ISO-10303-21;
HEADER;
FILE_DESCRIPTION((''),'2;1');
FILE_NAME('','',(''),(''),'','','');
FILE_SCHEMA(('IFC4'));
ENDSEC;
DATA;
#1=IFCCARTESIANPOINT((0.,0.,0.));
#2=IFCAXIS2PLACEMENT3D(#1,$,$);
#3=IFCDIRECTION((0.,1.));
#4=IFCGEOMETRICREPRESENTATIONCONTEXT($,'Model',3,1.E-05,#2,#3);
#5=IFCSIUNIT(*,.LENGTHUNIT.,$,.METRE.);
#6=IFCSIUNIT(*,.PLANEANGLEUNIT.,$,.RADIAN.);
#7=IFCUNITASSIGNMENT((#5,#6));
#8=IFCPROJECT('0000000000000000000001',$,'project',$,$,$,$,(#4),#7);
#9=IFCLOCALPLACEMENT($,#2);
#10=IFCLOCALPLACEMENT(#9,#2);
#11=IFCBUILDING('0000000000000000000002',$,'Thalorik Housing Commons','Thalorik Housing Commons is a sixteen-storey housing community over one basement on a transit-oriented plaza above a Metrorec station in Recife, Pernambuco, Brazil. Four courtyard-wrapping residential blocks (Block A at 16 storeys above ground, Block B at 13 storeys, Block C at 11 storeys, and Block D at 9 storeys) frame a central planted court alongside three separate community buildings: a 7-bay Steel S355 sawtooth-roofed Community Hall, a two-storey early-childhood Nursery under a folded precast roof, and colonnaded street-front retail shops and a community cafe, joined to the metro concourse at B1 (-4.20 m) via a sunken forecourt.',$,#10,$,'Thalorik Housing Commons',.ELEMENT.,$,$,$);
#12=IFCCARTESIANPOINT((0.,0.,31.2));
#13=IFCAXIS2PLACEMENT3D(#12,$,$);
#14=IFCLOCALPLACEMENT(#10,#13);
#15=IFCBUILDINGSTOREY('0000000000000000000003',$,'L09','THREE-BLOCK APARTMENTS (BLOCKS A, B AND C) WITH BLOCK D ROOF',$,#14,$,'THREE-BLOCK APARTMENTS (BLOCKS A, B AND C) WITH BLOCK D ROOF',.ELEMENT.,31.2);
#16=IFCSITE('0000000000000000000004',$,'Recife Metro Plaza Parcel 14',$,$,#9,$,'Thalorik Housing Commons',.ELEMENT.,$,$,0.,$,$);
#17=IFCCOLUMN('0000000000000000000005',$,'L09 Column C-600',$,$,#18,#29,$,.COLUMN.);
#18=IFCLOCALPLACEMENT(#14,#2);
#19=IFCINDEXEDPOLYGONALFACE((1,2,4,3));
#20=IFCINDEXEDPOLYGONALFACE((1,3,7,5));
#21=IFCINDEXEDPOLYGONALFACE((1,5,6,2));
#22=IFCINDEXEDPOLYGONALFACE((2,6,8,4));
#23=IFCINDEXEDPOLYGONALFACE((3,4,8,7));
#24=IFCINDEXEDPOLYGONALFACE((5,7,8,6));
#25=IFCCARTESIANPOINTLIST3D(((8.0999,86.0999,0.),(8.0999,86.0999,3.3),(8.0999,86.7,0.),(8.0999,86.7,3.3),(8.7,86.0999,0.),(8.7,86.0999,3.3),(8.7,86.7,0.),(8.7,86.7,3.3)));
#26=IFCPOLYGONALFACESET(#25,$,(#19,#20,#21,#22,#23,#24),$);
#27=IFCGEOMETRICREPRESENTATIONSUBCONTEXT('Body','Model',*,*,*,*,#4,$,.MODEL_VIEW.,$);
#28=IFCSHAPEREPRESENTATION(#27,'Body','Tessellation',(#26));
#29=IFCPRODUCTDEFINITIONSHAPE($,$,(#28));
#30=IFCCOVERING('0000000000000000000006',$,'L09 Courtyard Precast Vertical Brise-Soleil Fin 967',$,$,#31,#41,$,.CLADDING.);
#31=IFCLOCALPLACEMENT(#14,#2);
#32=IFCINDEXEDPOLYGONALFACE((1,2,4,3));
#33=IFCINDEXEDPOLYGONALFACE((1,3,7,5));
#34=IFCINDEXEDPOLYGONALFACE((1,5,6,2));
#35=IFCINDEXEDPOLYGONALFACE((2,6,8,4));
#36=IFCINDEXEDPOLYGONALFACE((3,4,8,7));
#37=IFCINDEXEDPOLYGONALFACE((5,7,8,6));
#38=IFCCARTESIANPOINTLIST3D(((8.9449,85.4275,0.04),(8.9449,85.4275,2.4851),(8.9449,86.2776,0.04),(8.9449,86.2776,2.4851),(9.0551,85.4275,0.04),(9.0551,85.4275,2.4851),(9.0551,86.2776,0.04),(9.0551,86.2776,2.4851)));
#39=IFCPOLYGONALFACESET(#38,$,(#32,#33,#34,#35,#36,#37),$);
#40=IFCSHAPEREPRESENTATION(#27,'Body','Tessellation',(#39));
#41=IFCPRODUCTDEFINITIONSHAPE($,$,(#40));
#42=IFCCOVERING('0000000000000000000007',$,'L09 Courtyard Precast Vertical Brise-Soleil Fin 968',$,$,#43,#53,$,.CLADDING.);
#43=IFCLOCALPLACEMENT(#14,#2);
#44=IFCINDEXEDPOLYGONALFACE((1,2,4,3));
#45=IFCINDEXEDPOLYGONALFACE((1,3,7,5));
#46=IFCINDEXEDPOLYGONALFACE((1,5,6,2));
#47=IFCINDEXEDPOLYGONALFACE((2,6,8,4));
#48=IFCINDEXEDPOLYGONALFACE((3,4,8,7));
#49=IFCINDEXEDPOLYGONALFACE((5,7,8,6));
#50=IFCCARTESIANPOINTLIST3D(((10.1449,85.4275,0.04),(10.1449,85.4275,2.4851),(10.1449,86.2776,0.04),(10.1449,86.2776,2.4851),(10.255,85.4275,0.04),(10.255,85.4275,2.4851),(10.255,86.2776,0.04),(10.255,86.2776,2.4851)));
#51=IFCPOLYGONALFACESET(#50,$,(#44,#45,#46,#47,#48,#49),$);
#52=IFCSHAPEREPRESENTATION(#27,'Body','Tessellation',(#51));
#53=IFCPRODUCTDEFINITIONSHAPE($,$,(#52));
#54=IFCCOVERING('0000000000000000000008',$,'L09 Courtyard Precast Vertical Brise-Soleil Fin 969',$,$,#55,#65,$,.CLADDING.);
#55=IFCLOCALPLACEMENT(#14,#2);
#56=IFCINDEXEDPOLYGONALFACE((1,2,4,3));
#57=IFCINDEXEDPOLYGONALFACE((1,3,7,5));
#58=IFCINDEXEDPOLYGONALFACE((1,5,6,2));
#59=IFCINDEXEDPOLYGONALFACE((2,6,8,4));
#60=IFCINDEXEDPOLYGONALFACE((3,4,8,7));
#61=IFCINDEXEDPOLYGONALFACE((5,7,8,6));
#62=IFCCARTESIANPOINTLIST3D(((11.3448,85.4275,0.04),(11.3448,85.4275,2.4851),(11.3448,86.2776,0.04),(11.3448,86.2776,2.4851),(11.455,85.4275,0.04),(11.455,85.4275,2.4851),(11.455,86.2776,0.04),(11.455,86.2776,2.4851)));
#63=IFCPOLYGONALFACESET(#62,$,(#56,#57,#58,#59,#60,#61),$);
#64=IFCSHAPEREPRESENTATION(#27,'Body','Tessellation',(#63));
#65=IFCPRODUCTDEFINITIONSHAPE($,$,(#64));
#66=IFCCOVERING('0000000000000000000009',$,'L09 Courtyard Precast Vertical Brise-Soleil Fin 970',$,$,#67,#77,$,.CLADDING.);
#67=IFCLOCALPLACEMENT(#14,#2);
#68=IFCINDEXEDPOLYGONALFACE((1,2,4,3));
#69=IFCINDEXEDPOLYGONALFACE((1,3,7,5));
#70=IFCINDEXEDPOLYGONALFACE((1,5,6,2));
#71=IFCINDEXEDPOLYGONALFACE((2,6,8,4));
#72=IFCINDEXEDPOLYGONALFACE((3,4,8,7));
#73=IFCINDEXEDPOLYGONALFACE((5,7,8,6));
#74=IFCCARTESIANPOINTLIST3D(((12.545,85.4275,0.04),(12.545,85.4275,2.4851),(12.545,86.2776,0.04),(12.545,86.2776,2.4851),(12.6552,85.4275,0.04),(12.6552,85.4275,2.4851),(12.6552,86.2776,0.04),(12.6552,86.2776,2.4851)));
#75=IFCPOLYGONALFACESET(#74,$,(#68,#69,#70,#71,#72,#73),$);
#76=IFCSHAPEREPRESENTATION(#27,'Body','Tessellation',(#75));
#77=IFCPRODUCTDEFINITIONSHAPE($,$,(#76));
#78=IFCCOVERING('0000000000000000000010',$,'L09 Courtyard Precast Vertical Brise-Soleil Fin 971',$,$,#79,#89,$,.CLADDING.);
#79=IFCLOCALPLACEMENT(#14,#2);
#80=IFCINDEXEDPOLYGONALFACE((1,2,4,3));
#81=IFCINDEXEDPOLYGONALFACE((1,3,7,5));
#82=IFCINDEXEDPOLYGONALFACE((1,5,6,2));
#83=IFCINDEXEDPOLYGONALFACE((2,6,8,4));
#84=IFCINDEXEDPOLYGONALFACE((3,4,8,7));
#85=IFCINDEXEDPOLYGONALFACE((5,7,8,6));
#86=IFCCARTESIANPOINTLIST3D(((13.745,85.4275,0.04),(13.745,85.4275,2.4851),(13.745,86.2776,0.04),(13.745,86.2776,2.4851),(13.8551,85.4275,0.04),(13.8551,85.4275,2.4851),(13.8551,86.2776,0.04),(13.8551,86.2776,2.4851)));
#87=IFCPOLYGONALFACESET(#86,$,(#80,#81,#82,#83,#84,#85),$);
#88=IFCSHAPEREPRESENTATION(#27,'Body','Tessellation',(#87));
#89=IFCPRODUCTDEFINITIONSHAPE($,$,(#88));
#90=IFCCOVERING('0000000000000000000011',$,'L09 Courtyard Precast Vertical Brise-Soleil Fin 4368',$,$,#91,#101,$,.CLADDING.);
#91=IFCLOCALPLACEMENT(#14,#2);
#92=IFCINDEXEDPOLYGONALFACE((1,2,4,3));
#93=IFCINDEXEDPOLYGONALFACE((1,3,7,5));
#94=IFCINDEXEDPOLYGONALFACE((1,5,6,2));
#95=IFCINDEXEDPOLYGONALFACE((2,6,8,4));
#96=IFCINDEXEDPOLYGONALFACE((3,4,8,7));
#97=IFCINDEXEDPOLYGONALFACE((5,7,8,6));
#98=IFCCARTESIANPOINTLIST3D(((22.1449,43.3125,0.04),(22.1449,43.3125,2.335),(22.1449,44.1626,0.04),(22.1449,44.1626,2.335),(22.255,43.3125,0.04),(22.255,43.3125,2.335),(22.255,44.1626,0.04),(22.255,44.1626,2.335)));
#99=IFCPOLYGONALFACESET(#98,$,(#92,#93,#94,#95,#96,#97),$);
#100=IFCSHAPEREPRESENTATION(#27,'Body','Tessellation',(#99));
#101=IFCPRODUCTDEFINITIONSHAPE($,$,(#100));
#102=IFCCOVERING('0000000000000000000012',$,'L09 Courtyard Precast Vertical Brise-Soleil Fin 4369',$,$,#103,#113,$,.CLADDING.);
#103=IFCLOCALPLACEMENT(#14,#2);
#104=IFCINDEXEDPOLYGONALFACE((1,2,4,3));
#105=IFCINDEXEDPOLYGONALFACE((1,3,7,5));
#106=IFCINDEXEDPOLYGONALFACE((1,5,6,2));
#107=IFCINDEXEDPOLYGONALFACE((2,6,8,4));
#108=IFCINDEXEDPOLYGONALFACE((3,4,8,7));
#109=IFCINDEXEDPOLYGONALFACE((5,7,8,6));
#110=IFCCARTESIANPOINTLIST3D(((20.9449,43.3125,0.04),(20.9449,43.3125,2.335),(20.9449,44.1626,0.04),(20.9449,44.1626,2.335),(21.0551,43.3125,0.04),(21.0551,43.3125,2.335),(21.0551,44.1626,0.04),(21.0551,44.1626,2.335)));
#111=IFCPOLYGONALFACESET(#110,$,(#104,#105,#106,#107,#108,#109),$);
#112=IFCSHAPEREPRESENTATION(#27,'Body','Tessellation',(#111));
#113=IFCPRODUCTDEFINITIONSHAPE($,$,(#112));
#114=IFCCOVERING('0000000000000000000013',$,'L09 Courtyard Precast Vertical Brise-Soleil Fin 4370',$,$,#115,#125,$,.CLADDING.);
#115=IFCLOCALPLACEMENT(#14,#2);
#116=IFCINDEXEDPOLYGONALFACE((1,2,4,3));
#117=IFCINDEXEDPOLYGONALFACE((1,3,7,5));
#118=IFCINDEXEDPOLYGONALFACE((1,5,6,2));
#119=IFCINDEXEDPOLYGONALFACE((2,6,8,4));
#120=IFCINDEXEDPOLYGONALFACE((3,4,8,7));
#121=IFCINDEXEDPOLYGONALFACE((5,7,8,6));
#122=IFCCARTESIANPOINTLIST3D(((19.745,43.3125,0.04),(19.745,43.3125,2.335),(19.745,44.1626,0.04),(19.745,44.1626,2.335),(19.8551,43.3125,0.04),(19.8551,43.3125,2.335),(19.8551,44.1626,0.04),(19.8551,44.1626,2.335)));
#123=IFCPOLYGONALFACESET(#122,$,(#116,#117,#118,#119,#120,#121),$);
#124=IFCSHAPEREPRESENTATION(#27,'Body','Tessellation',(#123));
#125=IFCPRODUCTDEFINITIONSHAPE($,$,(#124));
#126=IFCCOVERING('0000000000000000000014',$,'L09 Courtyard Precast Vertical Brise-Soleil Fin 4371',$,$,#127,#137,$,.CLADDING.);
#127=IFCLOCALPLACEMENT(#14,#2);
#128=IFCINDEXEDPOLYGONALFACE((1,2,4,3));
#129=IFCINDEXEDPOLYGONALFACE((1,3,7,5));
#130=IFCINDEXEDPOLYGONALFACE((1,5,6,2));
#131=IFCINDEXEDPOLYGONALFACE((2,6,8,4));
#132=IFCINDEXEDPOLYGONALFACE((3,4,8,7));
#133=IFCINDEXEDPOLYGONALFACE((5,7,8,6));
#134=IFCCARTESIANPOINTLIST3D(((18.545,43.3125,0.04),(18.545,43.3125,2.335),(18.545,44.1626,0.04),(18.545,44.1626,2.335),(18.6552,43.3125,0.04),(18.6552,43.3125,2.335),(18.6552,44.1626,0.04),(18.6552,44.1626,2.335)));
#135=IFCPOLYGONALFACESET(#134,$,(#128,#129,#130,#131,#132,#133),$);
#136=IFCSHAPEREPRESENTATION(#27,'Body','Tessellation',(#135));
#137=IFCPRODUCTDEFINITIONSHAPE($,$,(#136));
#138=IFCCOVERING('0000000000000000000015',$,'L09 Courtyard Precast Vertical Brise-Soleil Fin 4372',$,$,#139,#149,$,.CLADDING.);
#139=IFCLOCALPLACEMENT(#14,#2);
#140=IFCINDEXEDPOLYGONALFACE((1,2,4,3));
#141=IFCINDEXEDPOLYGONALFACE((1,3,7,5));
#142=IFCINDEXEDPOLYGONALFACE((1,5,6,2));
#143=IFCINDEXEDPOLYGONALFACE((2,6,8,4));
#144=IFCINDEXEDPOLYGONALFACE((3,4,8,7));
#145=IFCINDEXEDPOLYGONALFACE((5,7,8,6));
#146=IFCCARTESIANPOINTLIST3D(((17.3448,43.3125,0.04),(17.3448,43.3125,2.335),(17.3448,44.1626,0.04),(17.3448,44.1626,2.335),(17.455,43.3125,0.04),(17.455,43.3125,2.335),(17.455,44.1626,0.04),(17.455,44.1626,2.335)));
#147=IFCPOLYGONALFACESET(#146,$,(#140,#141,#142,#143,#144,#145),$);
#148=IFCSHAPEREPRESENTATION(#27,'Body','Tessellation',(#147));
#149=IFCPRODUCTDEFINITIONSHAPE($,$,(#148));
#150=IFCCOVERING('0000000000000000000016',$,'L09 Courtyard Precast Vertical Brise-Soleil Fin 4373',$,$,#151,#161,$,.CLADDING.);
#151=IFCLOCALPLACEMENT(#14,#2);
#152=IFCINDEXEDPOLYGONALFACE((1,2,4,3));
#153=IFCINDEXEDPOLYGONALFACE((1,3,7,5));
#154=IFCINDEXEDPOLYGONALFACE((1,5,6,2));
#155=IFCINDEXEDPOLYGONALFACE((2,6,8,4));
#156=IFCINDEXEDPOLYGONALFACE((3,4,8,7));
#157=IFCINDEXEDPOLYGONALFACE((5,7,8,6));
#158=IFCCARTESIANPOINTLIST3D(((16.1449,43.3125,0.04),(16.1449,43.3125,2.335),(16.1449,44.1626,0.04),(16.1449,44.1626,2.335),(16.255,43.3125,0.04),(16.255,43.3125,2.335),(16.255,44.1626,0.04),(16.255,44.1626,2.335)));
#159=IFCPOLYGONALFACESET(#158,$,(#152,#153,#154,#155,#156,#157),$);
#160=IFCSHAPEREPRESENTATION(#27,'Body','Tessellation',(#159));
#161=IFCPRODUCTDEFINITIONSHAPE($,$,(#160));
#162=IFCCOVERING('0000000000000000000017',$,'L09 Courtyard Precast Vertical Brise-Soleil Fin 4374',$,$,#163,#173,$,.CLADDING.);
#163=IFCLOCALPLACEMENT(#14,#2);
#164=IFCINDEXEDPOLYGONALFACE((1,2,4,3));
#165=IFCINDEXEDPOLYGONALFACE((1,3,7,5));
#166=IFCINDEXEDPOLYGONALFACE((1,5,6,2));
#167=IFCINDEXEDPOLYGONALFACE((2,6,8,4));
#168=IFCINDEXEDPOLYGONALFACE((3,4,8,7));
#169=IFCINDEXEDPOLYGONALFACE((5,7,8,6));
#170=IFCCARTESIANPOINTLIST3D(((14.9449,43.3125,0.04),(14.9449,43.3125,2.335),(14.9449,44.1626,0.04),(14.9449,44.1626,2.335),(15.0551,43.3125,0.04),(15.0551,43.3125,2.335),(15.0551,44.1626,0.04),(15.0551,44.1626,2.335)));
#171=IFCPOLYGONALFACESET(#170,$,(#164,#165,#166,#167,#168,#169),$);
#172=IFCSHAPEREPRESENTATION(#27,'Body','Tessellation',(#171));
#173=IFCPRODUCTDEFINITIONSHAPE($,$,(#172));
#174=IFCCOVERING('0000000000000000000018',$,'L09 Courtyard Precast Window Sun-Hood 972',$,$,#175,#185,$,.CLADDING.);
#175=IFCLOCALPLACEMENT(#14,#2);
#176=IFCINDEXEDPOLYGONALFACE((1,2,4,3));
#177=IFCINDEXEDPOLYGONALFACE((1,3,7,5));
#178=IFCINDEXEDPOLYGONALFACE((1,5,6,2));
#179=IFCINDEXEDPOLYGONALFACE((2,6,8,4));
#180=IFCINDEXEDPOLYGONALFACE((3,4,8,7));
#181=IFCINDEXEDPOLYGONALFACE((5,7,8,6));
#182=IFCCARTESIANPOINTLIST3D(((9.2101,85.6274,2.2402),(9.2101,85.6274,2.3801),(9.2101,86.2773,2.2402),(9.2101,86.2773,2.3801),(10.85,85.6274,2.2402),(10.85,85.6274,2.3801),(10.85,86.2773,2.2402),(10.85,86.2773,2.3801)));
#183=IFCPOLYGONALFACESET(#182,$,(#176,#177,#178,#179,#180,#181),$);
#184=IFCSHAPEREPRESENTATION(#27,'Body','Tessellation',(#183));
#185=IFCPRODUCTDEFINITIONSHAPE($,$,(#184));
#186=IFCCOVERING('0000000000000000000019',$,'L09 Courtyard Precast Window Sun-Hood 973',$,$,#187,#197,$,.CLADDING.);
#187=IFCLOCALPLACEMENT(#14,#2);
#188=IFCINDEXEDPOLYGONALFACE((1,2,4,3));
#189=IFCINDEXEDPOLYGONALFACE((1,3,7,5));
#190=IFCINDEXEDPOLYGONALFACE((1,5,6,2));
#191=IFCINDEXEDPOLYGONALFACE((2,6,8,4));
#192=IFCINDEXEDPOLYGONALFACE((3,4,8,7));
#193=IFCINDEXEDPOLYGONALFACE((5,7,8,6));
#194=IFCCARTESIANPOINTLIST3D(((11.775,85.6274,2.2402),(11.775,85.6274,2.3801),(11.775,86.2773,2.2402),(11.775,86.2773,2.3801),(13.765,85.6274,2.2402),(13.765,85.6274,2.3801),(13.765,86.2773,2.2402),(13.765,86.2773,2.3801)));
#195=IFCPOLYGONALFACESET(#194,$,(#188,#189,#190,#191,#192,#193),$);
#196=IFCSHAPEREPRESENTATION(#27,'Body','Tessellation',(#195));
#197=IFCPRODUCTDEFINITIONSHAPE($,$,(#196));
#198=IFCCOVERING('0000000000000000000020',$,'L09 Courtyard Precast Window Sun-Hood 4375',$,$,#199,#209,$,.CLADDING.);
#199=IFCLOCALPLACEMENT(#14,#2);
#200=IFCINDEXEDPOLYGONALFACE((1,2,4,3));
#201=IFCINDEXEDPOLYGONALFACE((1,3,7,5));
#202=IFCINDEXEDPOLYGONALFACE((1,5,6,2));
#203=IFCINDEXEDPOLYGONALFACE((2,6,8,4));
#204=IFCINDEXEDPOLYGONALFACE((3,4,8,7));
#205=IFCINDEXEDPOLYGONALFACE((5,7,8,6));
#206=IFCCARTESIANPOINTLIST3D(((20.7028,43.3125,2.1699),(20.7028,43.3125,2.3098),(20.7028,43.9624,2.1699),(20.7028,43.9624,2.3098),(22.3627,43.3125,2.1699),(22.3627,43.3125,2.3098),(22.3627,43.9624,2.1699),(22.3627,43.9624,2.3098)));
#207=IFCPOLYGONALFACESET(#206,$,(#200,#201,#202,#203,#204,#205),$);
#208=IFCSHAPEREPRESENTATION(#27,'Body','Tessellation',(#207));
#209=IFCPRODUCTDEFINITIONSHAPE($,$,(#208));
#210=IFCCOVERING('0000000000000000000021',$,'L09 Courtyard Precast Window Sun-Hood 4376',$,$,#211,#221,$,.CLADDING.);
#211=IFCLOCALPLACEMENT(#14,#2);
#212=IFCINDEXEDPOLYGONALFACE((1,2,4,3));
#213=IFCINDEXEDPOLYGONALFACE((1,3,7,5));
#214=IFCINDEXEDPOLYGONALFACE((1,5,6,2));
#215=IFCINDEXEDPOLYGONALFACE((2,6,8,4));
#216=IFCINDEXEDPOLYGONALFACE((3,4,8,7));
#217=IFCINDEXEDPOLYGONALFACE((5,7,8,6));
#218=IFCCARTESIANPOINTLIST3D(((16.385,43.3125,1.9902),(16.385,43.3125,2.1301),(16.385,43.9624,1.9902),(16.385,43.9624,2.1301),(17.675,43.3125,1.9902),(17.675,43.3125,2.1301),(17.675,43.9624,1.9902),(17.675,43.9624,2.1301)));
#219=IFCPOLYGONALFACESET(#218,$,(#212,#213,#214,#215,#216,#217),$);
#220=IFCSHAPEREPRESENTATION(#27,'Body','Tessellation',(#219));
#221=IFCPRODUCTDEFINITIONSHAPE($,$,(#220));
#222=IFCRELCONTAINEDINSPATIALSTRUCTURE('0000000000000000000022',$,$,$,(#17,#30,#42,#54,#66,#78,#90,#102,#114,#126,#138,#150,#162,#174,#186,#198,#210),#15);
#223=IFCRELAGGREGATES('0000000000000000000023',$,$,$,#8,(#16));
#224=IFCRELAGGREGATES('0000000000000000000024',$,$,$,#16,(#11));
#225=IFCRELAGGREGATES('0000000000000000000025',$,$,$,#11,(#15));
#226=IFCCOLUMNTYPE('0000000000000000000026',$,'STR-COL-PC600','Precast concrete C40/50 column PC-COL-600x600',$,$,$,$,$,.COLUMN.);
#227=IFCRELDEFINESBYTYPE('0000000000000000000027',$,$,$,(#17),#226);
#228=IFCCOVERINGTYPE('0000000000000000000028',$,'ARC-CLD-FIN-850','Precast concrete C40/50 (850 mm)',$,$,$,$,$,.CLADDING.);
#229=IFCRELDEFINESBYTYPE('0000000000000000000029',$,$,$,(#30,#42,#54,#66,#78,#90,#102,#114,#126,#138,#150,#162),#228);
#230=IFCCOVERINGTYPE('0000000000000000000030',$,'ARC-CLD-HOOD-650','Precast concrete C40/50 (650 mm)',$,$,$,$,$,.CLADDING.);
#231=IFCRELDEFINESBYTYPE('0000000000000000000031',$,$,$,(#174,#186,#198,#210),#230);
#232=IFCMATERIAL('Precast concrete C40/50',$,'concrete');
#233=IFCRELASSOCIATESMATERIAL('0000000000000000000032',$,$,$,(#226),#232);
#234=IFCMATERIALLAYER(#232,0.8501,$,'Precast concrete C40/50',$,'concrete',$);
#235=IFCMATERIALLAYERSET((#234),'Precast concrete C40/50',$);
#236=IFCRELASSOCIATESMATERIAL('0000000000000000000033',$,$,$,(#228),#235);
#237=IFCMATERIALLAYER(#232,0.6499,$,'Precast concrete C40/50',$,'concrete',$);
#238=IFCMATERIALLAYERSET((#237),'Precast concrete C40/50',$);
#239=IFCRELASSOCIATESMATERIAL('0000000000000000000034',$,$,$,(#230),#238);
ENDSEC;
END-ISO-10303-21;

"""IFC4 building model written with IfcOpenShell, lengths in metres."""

from ifc_helpers import new_model, si_unit, direction, frame, origin, origin_2d, place, context, subcontext, project, spatial, rectangle, extrude, material, layer, layer_set, material_profile, profile_set, type_object, element, save


model = new_model("IFC4")

# Units and contexts
model_context = context("Model", 3, precision=1e-05, world=origin(), true_north=direction((0.0, 1.0)))
body_context = subcontext(model_context, "Body", "Model", "MODEL_VIEW")
ifc_project = project(units=[si_unit("LENGTHUNIT", "METRE"), si_unit("PLANEANGLEUNIT", "RADIAN")], contexts=[model_context])

# Site, building, storey
site_placement = place(None, origin())
site = spatial("IfcSite", under=ifc_project, at=site_placement, Name="Recife Metro Plaza Parcel 14", LongName="Thalorik Housing Commons", CompositionType="ELEMENT", RefElevation=0.0)
building_placement = place(site_placement, origin())
building = spatial("IfcBuilding", under=site, at=building_placement, Name="Thalorik Housing Commons", Description="Thalorik Housing Commons is a sixteen-storey housing community over one basement on a transit-oriented plaza above a Metrorec station in Recife, Pernambuco, Brazil. Four courtyard-wrapping residential blocks (Block A at 16 storeys above ground, Block B at 13 storeys, Block C at 11 storeys, and Block D at 9 storeys) frame a central planted court alongside three separate community buildings: a 7-bay Steel S355 sawtooth-roofed Community Hall, a two-storey early-childhood Nursery under a folded precast roof, and colonnaded street-front retail shops and a community cafe, joined to the metro concourse at B1 (-4.20 m) via a sunken forecourt.", LongName="Thalorik Housing Commons", CompositionType="ELEMENT")
storey_placement = place(building_placement, frame((0.0, 0.0, 31.2)))
storey = spatial("IfcBuildingStorey", under=building, at=storey_placement, Name="L09", Description="THREE-BLOCK APARTMENTS (BLOCKS A, B AND C) WITH BLOCK D ROOF", LongName="THREE-BLOCK APARTMENTS (BLOCKS A, B AND C) WITH BLOCK D ROOF", CompositionType="ELEMENT", Elevation=31.2)

# Column
ifc_material = material(Name="Precast concrete C40/50", Category="concrete")
ifc_material_profile = material_profile(ifc_material, rectangle(XDim=0.6001, YDim=0.6001, at=origin_2d()), Name="PC 600x600", Category="concrete")
ifc_profile_set = profile_set([ifc_material_profile], Name="Precast concrete C40/50")
column_type = type_object("IfcColumnType", Name="STR-COL-PC600", Description="Precast concrete C40/50 column PC-COL-600x600", PredefinedType="COLUMN", material=ifc_profile_set)
column_placement = place(storey_placement, frame((8.3999, 86.3999, 0.0), z_axis=(0.0, 0.0, 1.0), x_axis=(1.0, 0.0, 0.0)))
element("IfcColumn", 1, at=column_placement, inside=storey, type_object=column_type, Name="L09 Column C-600", PredefinedType="COLUMN", context=body_context, shape_type="SweptSolid", body=[
    extrude(rectangle(XDim=0.6001, YDim=0.6001, at=origin_2d()), origin(), (0.0, 0.0, 1.0), 3.3),
])

# Coverings
ifc_layer_1 = layer(ifc_material, 0.8501, Name="Precast concrete C40/50", Category="concrete")
ifc_layer_set_1 = layer_set([ifc_layer_1], Name="Precast concrete C40/50")
covering_type_1 = type_object("IfcCoveringType", Name="ARC-CLD-FIN-850", Description="Precast concrete C40/50 (850 mm)", PredefinedType="CLADDING", material=ifc_layer_set_1)
for number, where, z_axis, x_axis, name in (
    (2, (9.0, 85.8525, 0.04), (0.0, 0.0, 1.0), (1.0, 0.0, 0.0), "L09 Courtyard Precast Vertical Brise-Soleil Fin 967"),
    (3, (10.2, 85.8525, 0.04), (0.0, 0.0, 1.0), (1.0, 0.0, 0.0), "L09 Courtyard Precast Vertical Brise-Soleil Fin 968"),
    (4, (11.3999, 85.8525, 0.04), (0.0, 0.0, 1.0), (1.0, 0.0, 0.0), "L09 Courtyard Precast Vertical Brise-Soleil Fin 969"),
    (5, (12.6001, 85.8525, 0.04), (0.0, 0.0, 1.0), (1.0, 0.0, 0.0), "L09 Courtyard Precast Vertical Brise-Soleil Fin 970"),
    (6, (13.8, 85.8525, 0.04), (0.0, 0.0, 1.0), (1.0, 0.0, 0.0), "L09 Courtyard Precast Vertical Brise-Soleil Fin 971"),
):
    element("IfcCovering", number, at=place(storey_placement, frame(where, z_axis=z_axis, x_axis=x_axis)), inside=storey, type_object=covering_type_1, Name=name, PredefinedType="CLADDING", context=body_context, shape_type="SweptSolid", body=[
        extrude(rectangle(XDim=0.1101, YDim=0.8501, at=origin_2d()), origin(), (0.0, 0.0, 1.0), 2.4451),
    ])
for number, where, z_axis, x_axis, name in (
    (7, (22.2, 43.7375, 0.04), (0.0, 0.0, 1.0), (-1.0, 0.0, 0.0), "L09 Courtyard Precast Vertical Brise-Soleil Fin 4368"),
    (8, (21.0, 43.7375, 0.04), (0.0, 0.0, 1.0), (-1.0, 0.0, 0.0), "L09 Courtyard Precast Vertical Brise-Soleil Fin 4369"),
    (9, (19.8, 43.7375, 0.04), (0.0, 0.0, 1.0), (-1.0, 0.0, 0.0), "L09 Courtyard Precast Vertical Brise-Soleil Fin 4370"),
    (10, (18.6001, 43.7375, 0.04), (0.0, 0.0, 1.0), (-1.0, 0.0, 0.0), "L09 Courtyard Precast Vertical Brise-Soleil Fin 4371"),
    (11, (17.3999, 43.7375, 0.04), (0.0, 0.0, 1.0), (-1.0, 0.0, 0.0), "L09 Courtyard Precast Vertical Brise-Soleil Fin 4372"),
    (12, (16.2, 43.7375, 0.04), (0.0, 0.0, 1.0), (-1.0, 0.0, 0.0), "L09 Courtyard Precast Vertical Brise-Soleil Fin 4373"),
    (13, (15.0, 43.7375, 0.04), (0.0, 0.0, 1.0), (-1.0, 0.0, 0.0), "L09 Courtyard Precast Vertical Brise-Soleil Fin 4374"),
):
    element("IfcCovering", number, at=place(storey_placement, frame(where, z_axis=z_axis, x_axis=x_axis)), inside=storey, type_object=covering_type_1, Name=name, PredefinedType="CLADDING", context=body_context, shape_type="SweptSolid", body=[
        extrude(rectangle(XDim=0.1101, YDim=0.8501, at=origin_2d()), origin(), (0.0, 0.0, 1.0), 2.2949),
    ])
ifc_layer_2 = layer(ifc_material, 0.6499, Name="Precast concrete C40/50", Category="concrete")
ifc_layer_set_2 = layer_set([ifc_layer_2], Name="Precast concrete C40/50")
covering_type_2 = type_object("IfcCoveringType", Name="ARC-CLD-HOOD-650", Description="Precast concrete C40/50 (650 mm)", PredefinedType="CLADDING", material=ifc_layer_set_2)
covering_1_placement = place(storey_placement, frame((10.03, 85.9524, 2.2402), z_axis=(0.0, 0.0, 1.0), x_axis=(1.0, 0.0, 0.0)))
element("IfcCovering", 14, at=covering_1_placement, inside=storey, type_object=covering_type_2, Name="L09 Courtyard Precast Window Sun-Hood 972", PredefinedType="CLADDING", context=body_context, shape_type="SweptSolid", body=[
    extrude(rectangle(XDim=1.6399, YDim=0.6499, at=origin_2d()), origin(), (0.0, 0.0, 1.0), 0.1399),
])
covering_2_placement = place(storey_placement, frame((12.77, 85.9524, 2.2402), z_axis=(0.0, 0.0, 1.0), x_axis=(1.0, 0.0, 0.0)))
element("IfcCovering", 15, at=covering_2_placement, inside=storey, type_object=covering_type_2, Name="L09 Courtyard Precast Window Sun-Hood 973", PredefinedType="CLADDING", context=body_context, shape_type="SweptSolid", body=[
    extrude(rectangle(XDim=1.99, YDim=0.6499, at=origin_2d()), origin(), (0.0, 0.0, 1.0), 0.1399),
])
covering_3_placement = place(storey_placement, frame((21.5327, 43.6375, 2.1699), z_axis=(0.0, 0.0, 1.0), x_axis=(-1.0, 0.0, 0.0)))
element("IfcCovering", 16, at=covering_3_placement, inside=storey, type_object=covering_type_2, Name="L09 Courtyard Precast Window Sun-Hood 4375", PredefinedType="CLADDING", context=body_context, shape_type="SweptSolid", body=[
    extrude(rectangle(XDim=1.6599, YDim=0.6499, at=origin_2d()), origin(), (0.0, 0.0, 1.0), 0.1399),
])
covering_4_placement = place(storey_placement, frame((17.03, 43.6375, 1.9902), z_axis=(0.0, 0.0, 1.0), x_axis=(-1.0, 0.0, 0.0)))
element("IfcCovering", 17, at=covering_4_placement, inside=storey, type_object=covering_type_2, Name="L09 Courtyard Precast Window Sun-Hood 4376", PredefinedType="CLADDING", context=body_context, shape_type="SweptSolid", body=[
    extrude(rectangle(XDim=1.29, YDim=0.6499, at=origin_2d()), origin(), (0.0, 0.0, 1.0), 0.1399),
])

save(model, "model.ifc")
